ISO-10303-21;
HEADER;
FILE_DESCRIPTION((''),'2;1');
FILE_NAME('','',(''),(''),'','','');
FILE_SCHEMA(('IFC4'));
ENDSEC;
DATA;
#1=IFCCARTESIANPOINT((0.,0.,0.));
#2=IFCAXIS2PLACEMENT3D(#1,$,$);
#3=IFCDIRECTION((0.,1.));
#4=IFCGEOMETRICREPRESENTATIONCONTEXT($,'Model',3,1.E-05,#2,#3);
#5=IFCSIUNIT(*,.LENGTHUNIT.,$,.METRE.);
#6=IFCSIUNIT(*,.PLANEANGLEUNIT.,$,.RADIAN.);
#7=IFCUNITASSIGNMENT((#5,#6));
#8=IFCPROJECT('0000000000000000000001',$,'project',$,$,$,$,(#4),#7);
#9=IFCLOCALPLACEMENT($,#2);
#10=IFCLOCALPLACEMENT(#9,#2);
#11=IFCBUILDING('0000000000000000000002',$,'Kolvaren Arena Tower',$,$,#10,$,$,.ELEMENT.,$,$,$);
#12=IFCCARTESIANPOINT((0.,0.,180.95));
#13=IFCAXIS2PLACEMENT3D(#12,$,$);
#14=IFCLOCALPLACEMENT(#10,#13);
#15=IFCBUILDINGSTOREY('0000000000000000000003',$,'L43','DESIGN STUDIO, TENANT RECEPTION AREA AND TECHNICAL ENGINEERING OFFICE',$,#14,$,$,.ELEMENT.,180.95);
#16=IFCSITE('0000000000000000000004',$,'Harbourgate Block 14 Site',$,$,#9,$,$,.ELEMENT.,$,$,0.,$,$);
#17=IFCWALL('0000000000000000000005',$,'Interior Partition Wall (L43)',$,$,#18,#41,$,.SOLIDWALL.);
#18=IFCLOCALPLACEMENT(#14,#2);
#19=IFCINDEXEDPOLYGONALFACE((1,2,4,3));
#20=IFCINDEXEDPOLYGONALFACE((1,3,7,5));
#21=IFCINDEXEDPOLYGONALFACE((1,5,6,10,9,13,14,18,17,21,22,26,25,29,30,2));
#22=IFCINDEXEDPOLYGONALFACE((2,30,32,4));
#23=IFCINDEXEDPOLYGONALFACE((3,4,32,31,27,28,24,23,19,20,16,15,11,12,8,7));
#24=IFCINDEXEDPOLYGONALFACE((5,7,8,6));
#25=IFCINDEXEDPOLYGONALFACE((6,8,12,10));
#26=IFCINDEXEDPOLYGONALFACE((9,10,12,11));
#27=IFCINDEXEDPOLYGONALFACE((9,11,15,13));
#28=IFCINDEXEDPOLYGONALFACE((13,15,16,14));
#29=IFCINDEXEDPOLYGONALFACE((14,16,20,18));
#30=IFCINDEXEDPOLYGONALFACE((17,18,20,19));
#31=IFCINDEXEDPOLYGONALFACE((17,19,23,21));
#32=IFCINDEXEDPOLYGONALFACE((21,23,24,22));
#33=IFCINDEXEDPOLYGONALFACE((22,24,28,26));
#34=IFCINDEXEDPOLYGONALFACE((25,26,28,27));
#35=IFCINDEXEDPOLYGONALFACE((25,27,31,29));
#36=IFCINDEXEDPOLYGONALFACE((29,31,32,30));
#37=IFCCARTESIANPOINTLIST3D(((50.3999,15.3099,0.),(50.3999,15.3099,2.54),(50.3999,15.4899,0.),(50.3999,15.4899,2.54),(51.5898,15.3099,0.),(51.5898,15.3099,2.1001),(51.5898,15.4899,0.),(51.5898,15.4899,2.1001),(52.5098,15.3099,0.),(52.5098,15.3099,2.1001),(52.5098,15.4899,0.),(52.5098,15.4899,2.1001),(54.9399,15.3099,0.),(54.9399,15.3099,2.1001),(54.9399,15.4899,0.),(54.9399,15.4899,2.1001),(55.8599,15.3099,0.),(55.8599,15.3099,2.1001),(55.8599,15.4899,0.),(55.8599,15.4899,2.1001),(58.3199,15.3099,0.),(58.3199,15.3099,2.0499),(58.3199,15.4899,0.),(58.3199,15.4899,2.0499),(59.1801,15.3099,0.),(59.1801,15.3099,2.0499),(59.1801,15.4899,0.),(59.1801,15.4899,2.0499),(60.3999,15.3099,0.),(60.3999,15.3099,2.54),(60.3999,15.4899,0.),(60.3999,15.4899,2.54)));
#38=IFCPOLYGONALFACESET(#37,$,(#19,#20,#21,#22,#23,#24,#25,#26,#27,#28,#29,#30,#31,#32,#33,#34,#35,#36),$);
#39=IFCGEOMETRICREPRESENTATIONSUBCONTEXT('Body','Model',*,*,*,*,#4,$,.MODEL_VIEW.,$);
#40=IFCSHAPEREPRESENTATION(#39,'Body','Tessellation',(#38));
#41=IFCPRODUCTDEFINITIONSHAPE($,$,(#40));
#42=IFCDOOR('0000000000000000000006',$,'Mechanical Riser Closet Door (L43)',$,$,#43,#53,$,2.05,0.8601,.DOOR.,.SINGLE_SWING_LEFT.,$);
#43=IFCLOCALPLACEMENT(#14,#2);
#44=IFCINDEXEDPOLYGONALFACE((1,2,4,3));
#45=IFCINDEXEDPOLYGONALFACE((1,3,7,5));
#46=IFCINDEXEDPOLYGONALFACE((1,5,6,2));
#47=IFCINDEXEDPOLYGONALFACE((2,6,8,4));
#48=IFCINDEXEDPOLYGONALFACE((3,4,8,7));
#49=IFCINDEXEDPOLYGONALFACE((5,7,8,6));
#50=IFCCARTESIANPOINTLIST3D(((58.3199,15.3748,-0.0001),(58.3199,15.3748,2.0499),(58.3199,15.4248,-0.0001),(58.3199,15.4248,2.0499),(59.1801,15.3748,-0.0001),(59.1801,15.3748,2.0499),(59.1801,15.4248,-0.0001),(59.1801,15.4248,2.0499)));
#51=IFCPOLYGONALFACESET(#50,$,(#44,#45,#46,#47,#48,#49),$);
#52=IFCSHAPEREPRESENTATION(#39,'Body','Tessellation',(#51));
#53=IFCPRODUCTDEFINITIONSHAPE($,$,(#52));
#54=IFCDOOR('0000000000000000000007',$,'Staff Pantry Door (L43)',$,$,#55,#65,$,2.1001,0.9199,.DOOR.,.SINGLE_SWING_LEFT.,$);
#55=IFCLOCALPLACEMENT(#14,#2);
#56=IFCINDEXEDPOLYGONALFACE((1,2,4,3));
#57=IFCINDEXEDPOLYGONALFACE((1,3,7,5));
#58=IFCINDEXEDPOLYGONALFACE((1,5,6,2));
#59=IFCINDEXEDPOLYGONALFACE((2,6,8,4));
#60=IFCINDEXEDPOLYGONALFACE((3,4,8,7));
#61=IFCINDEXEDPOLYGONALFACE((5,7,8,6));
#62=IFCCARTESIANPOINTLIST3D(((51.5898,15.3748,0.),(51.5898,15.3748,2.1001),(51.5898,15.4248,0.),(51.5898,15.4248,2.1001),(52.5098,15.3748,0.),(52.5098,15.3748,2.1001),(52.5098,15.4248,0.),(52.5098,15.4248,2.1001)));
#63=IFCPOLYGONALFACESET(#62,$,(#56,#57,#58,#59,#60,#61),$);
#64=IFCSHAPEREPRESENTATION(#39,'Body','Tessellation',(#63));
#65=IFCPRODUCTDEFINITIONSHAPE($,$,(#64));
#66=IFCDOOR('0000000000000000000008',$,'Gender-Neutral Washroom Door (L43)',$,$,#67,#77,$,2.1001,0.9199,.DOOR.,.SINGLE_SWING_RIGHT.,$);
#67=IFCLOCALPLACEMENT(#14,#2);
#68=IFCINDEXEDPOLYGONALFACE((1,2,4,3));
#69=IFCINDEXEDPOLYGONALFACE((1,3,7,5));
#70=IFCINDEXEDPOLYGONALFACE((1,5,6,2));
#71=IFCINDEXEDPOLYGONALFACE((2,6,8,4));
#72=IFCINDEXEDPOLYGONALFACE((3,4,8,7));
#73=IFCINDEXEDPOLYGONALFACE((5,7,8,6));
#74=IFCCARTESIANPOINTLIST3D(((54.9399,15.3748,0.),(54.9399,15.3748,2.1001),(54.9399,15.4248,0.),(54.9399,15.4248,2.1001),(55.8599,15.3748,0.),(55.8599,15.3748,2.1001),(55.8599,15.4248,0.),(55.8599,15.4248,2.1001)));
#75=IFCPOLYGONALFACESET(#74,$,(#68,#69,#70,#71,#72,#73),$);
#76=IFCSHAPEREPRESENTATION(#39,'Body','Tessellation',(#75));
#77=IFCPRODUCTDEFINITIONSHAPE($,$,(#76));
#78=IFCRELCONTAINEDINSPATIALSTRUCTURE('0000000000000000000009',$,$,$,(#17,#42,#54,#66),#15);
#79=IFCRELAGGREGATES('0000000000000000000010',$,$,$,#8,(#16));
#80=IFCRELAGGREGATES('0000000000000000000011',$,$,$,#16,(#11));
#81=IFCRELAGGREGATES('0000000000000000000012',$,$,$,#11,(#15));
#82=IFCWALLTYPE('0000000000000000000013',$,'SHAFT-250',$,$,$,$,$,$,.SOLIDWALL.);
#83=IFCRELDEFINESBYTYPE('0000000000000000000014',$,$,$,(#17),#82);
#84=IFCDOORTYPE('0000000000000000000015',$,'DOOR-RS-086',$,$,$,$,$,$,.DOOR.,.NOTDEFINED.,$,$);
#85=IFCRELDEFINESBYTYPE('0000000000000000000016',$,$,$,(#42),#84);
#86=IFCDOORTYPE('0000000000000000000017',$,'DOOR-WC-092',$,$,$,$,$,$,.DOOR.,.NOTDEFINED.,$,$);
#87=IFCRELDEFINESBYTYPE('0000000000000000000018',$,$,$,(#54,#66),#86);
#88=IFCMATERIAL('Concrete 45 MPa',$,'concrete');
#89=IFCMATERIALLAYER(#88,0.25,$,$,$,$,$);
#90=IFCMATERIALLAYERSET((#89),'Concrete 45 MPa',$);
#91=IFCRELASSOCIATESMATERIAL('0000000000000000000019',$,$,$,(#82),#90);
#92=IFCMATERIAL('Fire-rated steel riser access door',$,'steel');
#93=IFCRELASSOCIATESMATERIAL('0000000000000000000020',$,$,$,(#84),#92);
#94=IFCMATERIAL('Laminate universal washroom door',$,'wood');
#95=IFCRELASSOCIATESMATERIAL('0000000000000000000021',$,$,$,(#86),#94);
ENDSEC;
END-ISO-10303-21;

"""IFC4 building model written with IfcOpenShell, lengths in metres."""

from ifc_helpers import new_model, si_unit, direction, frame, frame_2d, origin, place, context, subcontext, project, spatial, rectangle, extrude, material, layer, layer_set, type_object, element, fill, save


model = new_model("IFC4")

# Units and contexts
model_context = context("Model", 3, precision=1e-05, world=origin(), true_north=direction((0.0, 1.0)))
body_context = subcontext(model_context, "Body", "Model", "MODEL_VIEW")
ifc_project = project(units=[si_unit("LENGTHUNIT", "METRE"), si_unit("PLANEANGLEUNIT", "RADIAN")], contexts=[model_context])

# Site, building, storey
site_placement = place(None, origin())
site = spatial("IfcSite", under=ifc_project, at=site_placement, Name="Harbourgate Block 14 Site", CompositionType="ELEMENT", RefElevation=0.0)
building_placement = place(site_placement, origin())
building = spatial("IfcBuilding", under=site, at=building_placement, Name="Kolvaren Arena Tower", CompositionType="ELEMENT")
storey_placement = place(building_placement, frame((0.0, 0.0, 180.95)))
storey = spatial("IfcBuildingStorey", under=building, at=storey_placement, Name="L43", Description="DESIGN STUDIO, TENANT RECEPTION AREA AND TECHNICAL ENGINEERING OFFICE", CompositionType="ELEMENT", Elevation=180.95)

# Wall, openings, doors
ifc_material_1 = material(Name="Concrete 45 MPa", Category="concrete")
ifc_layer_1 = layer(ifc_material_1, 0.25)
ifc_layer_set_1 = layer_set([ifc_layer_1], Name="Concrete 45 MPa")
wall_type_1 = type_object("IfcWallType", Name="SHAFT-250", PredefinedType="SOLIDWALL", material=ifc_layer_set_1)
wall_1_placement = place(storey_placement, frame((50.3999, 15.3999, 0.0), z_axis=(0.0, 0.0, 1.0), x_axis=(1.0, 0.0, 0.0)))
wall_1 = element("IfcWall", 1, at=wall_1_placement, inside=storey, type_object=wall_type_1, Name="Interior Partition Wall (L43)", PredefinedType="SOLIDWALL", context=body_context, shape_type="SweptSolid", body=[
    extrude(rectangle(XDim=10.0, YDim=0.1799, at=frame_2d((5.0, 0.0))), origin(), (0.0, 0.0, 1.0), 2.54),
])
opening_1_placement = place(wall_1_placement, frame((1.1899, 0.0, 0.0)))
opening_1 = element("IfcOpeningElement", 2, at=opening_1_placement, cuts=wall_1, PredefinedType="OPENING", context=body_context, shape_type="SweptSolid", body=[
    extrude(rectangle(XDim=0.9199, YDim=2.1001, at=frame_2d((0.46, 1.05))), frame((0.0, 0.0999, 0.0), z_axis=(0.0, -1.0, 0.0), x_axis=(1.0, 0.0, 0.0)), (0.0, 0.0, 1.0), 0.2),
])
opening_2_placement = place(wall_1_placement, frame((4.54, 0.0, 0.0)))
opening_2 = element("IfcOpeningElement", 3, at=opening_2_placement, cuts=wall_1, PredefinedType="OPENING", context=body_context, shape_type="SweptSolid", body=[
    extrude(rectangle(XDim=0.9199, YDim=2.1001, at=frame_2d((0.46, 1.05))), frame((0.0, 0.0999, 0.0), z_axis=(0.0, -1.0, 0.0), x_axis=(1.0, 0.0, 0.0)), (0.0, 0.0, 1.0), 0.2),
])
opening_3_placement = place(wall_1_placement, frame((7.9199, 0.0, 0.0)))
opening_3 = element("IfcOpeningElement", 4, at=opening_3_placement, cuts=wall_1, PredefinedType="OPENING", context=body_context, shape_type="SweptSolid", body=[
    extrude(rectangle(XDim=0.8601, YDim=2.05, at=frame_2d((0.4302, 1.0249))), frame((0.0, 0.0999, 0.0), z_axis=(0.0, -1.0, 0.0), x_axis=(1.0, 0.0, 0.0)), (0.0, 0.0, 1.0), 0.2),
])
ifc_material_2 = material(Name="Fire-rated steel riser access door", Category="steel")
door_type_1 = type_object("IfcDoorType", Name="DOOR-RS-086", OperationType="NOTDEFINED", PredefinedType="DOOR", material=ifc_material_2)
door_1_placement = place(opening_3_placement, origin())
door_1 = element("IfcDoor", 5, at=door_1_placement, inside=storey, type_object=door_type_1, Name="Mechanical Riser Closet Door (L43)", OperationType="SINGLE_SWING_LEFT", OverallHeight=2.05, OverallWidth=0.8601, PredefinedType="DOOR", context=body_context, shape_type="SweptSolid", body=[
    extrude(rectangle(XDim=0.8601, YDim=2.05, at=frame_2d((0.4302, 1.0249))), frame((0.0, 0.0249, 0.0), z_axis=(0.0, -1.0, 0.0), x_axis=(1.0, 0.0, 0.0)), (0.0, 0.0, 1.0), 0.05),
])
fill(opening_3, door_1)
ifc_material_3 = material(Name="Laminate universal washroom door", Category="wood")
door_type_2 = type_object("IfcDoorType", Name="DOOR-WC-092", OperationType="NOTDEFINED", PredefinedType="DOOR", material=ifc_material_3)
door_2_placement = place(opening_1_placement, origin())
door_2 = element("IfcDoor", 6, at=door_2_placement, inside=storey, type_object=door_type_2, Name="Staff Pantry Door (L43)", OperationType="SINGLE_SWING_LEFT", OverallHeight=2.1001, OverallWidth=0.9199, PredefinedType="DOOR", context=body_context, shape_type="SweptSolid", body=[
    extrude(rectangle(XDim=0.9199, YDim=2.1001, at=frame_2d((0.46, 1.05))), frame((0.0, 0.0249, 0.0), z_axis=(0.0, -1.0, 0.0), x_axis=(1.0, 0.0, 0.0)), (0.0, 0.0, 1.0), 0.05),
])
fill(opening_1, door_2)
door_3_placement = place(opening_2_placement, origin())
door_3 = element("IfcDoor", 7, at=door_3_placement, inside=storey, type_object=door_type_2, Name="Gender-Neutral Washroom Door (L43)", OperationType="SINGLE_SWING_RIGHT", OverallHeight=2.1001, OverallWidth=0.9199, PredefinedType="DOOR", context=body_context, shape_type="SweptSolid", body=[
    extrude(rectangle(XDim=0.9199, YDim=2.1001, at=frame_2d((0.46, 1.05))), frame((0.0, 0.0249, 0.0), z_axis=(0.0, -1.0, 0.0), x_axis=(1.0, 0.0, 0.0)), (0.0, 0.0, 1.0), 0.05),
])
fill(opening_2, door_3)

save(model, "model.ifc")
